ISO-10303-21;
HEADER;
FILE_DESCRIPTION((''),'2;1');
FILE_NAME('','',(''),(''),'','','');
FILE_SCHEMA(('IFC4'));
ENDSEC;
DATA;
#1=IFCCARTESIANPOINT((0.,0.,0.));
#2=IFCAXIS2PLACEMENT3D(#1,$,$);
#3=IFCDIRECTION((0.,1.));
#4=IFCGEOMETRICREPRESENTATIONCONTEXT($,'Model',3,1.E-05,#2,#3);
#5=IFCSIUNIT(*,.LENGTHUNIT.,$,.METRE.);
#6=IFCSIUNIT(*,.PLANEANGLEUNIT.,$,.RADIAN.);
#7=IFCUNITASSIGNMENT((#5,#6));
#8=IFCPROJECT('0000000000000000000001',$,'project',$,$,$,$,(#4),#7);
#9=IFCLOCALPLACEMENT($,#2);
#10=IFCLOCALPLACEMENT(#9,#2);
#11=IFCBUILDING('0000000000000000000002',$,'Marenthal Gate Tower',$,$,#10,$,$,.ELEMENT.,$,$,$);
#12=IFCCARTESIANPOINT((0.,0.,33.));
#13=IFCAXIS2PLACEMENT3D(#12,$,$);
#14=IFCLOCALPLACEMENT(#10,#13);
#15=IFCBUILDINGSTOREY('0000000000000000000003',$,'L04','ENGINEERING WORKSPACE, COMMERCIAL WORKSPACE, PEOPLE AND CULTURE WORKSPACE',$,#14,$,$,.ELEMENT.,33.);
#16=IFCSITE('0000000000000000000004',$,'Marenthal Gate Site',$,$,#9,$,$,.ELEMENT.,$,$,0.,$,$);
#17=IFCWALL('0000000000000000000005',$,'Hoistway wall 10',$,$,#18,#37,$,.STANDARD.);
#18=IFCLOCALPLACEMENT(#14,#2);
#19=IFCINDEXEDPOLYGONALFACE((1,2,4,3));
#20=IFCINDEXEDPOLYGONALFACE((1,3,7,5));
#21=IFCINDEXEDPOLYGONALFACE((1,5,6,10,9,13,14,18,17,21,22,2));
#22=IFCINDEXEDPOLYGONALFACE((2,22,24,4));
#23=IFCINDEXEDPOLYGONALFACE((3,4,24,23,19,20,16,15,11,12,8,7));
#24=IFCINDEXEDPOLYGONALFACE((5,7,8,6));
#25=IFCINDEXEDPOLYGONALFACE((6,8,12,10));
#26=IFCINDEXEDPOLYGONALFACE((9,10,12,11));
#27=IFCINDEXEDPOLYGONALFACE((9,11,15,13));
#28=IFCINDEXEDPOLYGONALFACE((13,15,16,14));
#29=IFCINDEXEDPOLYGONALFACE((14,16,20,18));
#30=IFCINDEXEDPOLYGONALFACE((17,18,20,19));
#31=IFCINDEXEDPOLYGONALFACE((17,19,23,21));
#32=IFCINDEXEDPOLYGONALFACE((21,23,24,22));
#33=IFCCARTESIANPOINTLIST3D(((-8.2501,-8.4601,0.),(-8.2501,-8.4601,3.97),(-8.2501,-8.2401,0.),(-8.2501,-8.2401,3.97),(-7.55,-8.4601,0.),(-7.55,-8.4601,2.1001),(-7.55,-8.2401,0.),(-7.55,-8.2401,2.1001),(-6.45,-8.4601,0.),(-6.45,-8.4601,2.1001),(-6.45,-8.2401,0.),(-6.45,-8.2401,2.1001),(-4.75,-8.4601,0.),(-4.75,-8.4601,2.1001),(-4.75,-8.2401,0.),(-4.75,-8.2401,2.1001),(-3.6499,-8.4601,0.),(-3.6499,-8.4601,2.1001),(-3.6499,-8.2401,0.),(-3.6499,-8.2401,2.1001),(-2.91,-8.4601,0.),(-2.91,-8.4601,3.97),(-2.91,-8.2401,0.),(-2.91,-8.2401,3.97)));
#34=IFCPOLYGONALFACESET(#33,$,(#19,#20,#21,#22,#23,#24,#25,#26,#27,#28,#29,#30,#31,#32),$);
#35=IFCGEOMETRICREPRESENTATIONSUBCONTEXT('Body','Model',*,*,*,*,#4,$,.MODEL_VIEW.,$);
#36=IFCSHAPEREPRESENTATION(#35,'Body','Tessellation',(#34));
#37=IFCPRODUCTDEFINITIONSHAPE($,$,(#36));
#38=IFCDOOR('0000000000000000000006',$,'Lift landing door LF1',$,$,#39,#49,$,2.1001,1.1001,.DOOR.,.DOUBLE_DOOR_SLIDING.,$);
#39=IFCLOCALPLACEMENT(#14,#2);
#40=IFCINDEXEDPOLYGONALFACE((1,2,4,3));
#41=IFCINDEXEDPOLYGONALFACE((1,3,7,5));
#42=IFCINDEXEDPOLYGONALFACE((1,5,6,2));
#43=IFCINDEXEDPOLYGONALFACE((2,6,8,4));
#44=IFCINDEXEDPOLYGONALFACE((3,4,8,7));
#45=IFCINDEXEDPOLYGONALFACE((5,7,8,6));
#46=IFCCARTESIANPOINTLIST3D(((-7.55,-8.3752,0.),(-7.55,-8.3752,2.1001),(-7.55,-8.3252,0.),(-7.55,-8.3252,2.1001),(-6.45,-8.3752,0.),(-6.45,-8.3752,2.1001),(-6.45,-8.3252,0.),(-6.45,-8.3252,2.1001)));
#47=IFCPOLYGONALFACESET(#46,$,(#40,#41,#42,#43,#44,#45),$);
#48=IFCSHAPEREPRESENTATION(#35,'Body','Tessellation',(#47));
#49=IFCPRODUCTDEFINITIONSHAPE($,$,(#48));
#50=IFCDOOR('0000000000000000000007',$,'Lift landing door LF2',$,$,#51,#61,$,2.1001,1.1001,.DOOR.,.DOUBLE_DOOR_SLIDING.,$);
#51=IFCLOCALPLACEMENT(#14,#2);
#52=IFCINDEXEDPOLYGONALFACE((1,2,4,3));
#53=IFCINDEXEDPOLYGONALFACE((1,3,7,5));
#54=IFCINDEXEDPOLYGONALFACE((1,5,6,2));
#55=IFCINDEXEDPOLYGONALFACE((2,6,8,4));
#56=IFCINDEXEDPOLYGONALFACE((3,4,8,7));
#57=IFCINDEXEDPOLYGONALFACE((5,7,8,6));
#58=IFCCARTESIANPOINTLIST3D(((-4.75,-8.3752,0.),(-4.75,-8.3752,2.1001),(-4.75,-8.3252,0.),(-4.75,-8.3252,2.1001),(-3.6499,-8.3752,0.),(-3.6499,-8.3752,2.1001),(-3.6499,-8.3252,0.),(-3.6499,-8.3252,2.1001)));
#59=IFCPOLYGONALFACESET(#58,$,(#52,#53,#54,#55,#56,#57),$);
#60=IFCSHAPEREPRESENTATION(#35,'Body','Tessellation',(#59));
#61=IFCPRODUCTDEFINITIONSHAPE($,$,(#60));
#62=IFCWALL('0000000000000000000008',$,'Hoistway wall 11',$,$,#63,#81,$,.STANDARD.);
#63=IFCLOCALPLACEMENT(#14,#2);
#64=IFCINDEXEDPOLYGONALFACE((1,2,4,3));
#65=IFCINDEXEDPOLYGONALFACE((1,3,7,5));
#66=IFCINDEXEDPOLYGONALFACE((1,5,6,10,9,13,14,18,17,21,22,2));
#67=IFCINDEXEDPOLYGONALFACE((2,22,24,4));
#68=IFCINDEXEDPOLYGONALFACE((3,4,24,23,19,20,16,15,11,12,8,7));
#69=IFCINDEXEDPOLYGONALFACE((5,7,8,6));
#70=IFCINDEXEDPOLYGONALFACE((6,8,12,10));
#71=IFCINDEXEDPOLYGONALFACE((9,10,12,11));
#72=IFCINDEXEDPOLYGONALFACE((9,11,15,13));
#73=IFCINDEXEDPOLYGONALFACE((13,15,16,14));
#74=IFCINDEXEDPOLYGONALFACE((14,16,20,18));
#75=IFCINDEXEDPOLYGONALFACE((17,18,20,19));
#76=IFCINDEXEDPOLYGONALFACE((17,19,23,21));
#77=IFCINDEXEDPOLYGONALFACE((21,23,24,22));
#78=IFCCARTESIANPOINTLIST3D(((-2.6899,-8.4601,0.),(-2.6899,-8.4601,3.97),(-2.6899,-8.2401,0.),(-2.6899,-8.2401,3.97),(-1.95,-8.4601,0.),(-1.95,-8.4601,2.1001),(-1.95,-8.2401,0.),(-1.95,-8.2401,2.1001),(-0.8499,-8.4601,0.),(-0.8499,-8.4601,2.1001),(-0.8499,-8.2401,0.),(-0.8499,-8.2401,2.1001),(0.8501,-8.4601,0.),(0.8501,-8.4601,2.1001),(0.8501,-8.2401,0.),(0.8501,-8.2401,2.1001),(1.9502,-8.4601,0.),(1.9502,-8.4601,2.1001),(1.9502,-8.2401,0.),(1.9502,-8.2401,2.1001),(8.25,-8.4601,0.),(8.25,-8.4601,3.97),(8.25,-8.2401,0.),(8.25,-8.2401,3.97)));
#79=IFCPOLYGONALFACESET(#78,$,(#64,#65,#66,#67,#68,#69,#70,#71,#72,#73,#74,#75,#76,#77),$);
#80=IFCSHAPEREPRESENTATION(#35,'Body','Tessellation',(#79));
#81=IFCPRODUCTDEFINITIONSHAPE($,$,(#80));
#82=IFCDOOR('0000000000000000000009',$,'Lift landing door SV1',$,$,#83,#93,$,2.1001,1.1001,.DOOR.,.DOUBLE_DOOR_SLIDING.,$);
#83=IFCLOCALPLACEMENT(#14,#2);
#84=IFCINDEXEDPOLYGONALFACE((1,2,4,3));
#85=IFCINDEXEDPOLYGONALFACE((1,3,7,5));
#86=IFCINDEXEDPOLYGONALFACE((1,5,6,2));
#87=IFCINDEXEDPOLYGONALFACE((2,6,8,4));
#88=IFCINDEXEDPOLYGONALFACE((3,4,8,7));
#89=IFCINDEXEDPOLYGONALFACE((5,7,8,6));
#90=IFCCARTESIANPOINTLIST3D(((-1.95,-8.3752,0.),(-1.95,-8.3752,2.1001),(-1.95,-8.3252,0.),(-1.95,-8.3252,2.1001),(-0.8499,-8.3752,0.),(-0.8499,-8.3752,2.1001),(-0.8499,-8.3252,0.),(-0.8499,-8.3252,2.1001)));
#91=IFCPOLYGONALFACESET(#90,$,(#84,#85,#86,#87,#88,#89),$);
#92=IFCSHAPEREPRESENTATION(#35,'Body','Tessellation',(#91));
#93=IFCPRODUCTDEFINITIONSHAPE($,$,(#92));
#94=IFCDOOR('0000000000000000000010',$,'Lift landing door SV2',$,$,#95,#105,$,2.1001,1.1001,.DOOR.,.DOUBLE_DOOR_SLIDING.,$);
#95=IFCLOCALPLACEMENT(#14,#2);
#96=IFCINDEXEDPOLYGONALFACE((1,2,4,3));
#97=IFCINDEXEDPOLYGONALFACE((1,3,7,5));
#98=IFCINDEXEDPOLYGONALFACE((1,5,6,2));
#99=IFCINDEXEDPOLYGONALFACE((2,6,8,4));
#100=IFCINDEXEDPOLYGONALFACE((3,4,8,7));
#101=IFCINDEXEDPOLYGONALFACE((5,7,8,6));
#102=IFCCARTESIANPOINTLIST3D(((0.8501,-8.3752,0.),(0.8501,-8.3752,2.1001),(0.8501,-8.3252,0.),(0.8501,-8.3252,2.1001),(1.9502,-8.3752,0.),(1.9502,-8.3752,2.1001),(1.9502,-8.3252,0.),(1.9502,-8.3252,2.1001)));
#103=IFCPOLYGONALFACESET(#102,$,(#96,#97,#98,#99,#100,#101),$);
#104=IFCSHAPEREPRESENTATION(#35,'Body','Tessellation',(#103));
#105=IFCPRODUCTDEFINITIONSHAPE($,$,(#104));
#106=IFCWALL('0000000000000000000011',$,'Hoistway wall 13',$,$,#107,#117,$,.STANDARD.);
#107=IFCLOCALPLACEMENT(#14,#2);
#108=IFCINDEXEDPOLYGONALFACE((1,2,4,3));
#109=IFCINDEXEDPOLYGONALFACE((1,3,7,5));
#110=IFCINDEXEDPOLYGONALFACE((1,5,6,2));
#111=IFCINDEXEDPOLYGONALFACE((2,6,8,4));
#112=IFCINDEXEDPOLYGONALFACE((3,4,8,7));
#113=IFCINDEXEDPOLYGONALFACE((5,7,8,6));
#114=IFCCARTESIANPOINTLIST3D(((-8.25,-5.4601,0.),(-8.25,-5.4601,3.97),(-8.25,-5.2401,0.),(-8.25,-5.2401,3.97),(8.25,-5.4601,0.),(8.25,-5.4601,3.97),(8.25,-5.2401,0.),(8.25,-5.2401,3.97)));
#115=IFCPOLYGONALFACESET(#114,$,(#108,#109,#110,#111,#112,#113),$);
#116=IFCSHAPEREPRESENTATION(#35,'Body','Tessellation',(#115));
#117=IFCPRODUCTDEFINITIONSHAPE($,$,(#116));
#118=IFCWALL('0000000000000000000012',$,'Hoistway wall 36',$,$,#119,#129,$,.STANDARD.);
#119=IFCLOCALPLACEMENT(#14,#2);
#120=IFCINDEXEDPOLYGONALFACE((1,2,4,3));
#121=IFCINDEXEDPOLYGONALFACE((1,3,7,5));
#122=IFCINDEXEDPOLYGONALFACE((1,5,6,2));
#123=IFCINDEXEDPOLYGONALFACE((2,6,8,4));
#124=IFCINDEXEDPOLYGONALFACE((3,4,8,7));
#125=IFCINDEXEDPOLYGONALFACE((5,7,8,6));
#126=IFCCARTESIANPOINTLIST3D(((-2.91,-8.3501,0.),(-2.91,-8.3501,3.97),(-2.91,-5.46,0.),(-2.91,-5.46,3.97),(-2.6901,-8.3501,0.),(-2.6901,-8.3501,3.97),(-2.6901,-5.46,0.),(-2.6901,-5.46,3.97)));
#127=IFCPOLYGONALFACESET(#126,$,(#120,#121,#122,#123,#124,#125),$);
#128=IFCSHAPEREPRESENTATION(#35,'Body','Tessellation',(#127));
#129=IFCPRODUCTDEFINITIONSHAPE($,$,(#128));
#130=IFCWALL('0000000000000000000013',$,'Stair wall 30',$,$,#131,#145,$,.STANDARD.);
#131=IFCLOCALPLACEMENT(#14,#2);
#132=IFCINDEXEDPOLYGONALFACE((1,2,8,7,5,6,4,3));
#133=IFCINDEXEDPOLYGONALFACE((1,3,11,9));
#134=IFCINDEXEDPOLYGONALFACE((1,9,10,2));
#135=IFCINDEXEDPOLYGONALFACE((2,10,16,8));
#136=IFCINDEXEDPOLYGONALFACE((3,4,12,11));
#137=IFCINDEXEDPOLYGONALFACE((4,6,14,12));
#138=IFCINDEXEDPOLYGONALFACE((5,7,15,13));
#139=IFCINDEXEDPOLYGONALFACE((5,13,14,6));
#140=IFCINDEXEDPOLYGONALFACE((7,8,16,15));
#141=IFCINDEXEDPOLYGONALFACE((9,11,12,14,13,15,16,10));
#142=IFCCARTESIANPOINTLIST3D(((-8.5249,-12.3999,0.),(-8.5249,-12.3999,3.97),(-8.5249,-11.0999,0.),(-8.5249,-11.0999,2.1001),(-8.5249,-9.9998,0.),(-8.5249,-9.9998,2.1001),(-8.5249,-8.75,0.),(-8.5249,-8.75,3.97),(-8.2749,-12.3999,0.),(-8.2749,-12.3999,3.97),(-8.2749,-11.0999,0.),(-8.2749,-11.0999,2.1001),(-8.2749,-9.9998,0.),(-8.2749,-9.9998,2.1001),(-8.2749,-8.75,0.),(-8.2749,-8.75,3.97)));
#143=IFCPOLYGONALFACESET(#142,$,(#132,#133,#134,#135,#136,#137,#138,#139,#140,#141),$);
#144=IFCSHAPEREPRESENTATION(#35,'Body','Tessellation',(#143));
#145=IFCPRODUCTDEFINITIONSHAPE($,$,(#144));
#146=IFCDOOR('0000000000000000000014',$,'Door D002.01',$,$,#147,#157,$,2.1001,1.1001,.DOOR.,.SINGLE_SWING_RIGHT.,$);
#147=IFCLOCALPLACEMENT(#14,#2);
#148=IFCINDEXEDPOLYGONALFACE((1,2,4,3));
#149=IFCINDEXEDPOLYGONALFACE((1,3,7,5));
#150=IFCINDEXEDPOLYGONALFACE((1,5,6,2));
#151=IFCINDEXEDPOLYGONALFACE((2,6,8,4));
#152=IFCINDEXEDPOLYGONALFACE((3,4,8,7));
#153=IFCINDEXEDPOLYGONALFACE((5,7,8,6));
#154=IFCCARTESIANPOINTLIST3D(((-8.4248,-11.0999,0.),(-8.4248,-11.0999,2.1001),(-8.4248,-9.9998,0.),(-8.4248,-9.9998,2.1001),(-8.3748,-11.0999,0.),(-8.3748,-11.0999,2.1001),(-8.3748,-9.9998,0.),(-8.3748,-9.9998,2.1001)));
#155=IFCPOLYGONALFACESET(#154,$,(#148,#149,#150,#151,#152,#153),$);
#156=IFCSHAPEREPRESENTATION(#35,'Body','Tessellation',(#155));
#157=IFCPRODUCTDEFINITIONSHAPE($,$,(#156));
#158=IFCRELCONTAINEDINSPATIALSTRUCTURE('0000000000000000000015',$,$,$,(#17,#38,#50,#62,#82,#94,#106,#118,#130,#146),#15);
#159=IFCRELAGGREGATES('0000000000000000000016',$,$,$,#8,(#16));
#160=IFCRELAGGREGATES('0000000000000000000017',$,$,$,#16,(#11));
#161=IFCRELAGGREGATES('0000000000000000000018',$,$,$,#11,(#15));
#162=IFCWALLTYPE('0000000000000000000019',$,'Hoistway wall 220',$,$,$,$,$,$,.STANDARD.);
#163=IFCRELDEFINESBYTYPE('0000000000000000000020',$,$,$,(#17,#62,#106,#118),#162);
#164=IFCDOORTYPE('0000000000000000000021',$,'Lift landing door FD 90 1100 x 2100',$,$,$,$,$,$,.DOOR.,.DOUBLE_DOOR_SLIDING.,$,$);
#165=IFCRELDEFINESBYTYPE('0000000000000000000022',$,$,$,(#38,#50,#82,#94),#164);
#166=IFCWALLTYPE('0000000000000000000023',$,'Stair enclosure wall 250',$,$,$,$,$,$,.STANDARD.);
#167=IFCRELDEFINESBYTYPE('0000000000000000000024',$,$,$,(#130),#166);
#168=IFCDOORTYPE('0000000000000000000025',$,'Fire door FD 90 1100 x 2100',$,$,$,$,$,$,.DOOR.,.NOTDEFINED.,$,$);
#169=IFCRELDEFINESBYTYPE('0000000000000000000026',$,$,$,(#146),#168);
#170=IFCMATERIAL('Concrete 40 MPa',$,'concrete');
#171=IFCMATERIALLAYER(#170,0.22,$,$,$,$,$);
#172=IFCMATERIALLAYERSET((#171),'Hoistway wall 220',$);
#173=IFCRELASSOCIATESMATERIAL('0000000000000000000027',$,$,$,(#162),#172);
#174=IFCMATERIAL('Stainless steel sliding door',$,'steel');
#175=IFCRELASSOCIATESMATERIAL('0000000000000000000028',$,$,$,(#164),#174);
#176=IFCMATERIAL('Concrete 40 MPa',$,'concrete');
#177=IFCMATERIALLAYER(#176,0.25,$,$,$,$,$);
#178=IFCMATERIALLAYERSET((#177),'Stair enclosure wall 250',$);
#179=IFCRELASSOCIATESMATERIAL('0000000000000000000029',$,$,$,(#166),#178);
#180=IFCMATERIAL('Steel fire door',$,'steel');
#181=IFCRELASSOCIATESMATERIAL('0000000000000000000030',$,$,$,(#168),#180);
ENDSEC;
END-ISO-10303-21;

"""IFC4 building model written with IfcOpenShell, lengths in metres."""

from ifc_helpers import new_model, si_unit, direction, frame, frame_2d, origin, place, context, subcontext, project, spatial, rectangle, extrude, material, layer, layer_set, type_object, element, fill, save


model = new_model("IFC4")

# Units and contexts
model_context = context("Model", 3, precision=1e-05, world=origin(), true_north=direction((0.0, 1.0)))
body_context = subcontext(model_context, "Body", "Model", "MODEL_VIEW")
ifc_project = project(units=[si_unit("LENGTHUNIT", "METRE"), si_unit("PLANEANGLEUNIT", "RADIAN")], contexts=[model_context])

# Site, building, storey
site_placement = place(None, origin())
site = spatial("IfcSite", under=ifc_project, at=site_placement, Name="Marenthal Gate Site", CompositionType="ELEMENT", RefElevation=0.0)
building_placement = place(site_placement, origin())
building = spatial("IfcBuilding", under=site, at=building_placement, Name="Marenthal Gate Tower", CompositionType="ELEMENT")
storey_placement = place(building_placement, frame((0.0, 0.0, 33.0)))
storey = spatial("IfcBuildingStorey", under=building, at=storey_placement, Name="L04", Description="ENGINEERING WORKSPACE, COMMERCIAL WORKSPACE, PEOPLE AND CULTURE WORKSPACE", CompositionType="ELEMENT", Elevation=33.0)

# Walls, openings, doors
ifc_material_1 = material(Name="Concrete 40 MPa", Category="concrete")
ifc_layer_1 = layer(ifc_material_1, 0.22)
ifc_layer_set_1 = layer_set([ifc_layer_1], Name="Hoistway wall 220")
wall_type_1 = type_object("IfcWallType", Name="Hoistway wall 220", PredefinedType="STANDARD", material=ifc_layer_set_1)
wall_1_placement = place(storey_placement, frame((-8.25, -8.3501, 0.0), z_axis=(0.0, 0.0, 1.0), x_axis=(1.0, 0.0, 0.0)))
wall_1 = element("IfcWall", 1, at=wall_1_placement, inside=storey, type_object=wall_type_1, Name="Hoistway wall 10", PredefinedType="STANDARD", context=body_context, shape_type="SweptSolid", body=[
    extrude(rectangle(XDim=5.3401, YDim=0.22, at=frame_2d((2.6699, 0.0))), origin(), (0.0, 0.0, 1.0), 3.97),
])
opening_1_placement = place(wall_1_placement, frame((0.7, 0.0, 0.0)))
opening_1 = element("IfcOpeningElement", 2, at=opening_1_placement, cuts=wall_1, PredefinedType="OPENING", context=body_context, shape_type="SweptSolid", body=[
    extrude(rectangle(XDim=1.1001, YDim=2.1001, at=frame_2d((0.55, 1.05))), frame((0.0, 0.1201, 0.0), z_axis=(0.0, -1.0, 0.0), x_axis=(1.0, 0.0, 0.0)), (0.0, 0.0, 1.0), 0.24),
])
opening_2_placement = place(wall_1_placement, frame((3.5, 0.0, 0.0)))
opening_2 = element("IfcOpeningElement", 3, at=opening_2_placement, cuts=wall_1, PredefinedType="OPENING", context=body_context, shape_type="SweptSolid", body=[
    extrude(rectangle(XDim=1.1001, YDim=2.1001, at=frame_2d((0.55, 1.05))), frame((0.0, 0.1201, 0.0), z_axis=(0.0, -1.0, 0.0), x_axis=(1.0, 0.0, 0.0)), (0.0, 0.0, 1.0), 0.24),
])
ifc_material_2 = material(Name="Stainless steel sliding door", Category="steel")
door_type_1 = type_object("IfcDoorType", Name="Lift landing door FD 90 1100 x 2100", OperationType="DOUBLE_DOOR_SLIDING", PredefinedType="DOOR", material=ifc_material_2)
door_1_placement = place(opening_1_placement, origin())
door_1 = element("IfcDoor", 4, at=door_1_placement, inside=storey, type_object=door_type_1, Name="Lift landing door LF1", OperationType="DOUBLE_DOOR_SLIDING", OverallHeight=2.1001, OverallWidth=1.1001, PredefinedType="DOOR", context=body_context, shape_type="SweptSolid", body=[
    extrude(rectangle(XDim=1.1001, YDim=2.1001, at=frame_2d((0.55, 1.05))), frame((0.0, 0.0249, 0.0), z_axis=(0.0, -1.0, 0.0), x_axis=(1.0, 0.0, 0.0)), (0.0, 0.0, 1.0), 0.05),
])
fill(opening_1, door_1)
door_2_placement = place(opening_2_placement, origin())
door_2 = element("IfcDoor", 5, at=door_2_placement, inside=storey, type_object=door_type_1, Name="Lift landing door LF2", OperationType="DOUBLE_DOOR_SLIDING", OverallHeight=2.1001, OverallWidth=1.1001, PredefinedType="DOOR", context=body_context, shape_type="SweptSolid", body=[
    extrude(rectangle(XDim=1.1001, YDim=2.1001, at=frame_2d((0.55, 1.05))), frame((0.0, 0.0249, 0.0), z_axis=(0.0, -1.0, 0.0), x_axis=(1.0, 0.0, 0.0)), (0.0, 0.0, 1.0), 0.05),
])
fill(opening_2, door_2)
wall_2_placement = place(storey_placement, frame((-2.6899, -8.3501, 0.0), z_axis=(0.0, 0.0, 1.0), x_axis=(1.0, 0.0, 0.0)))
wall_2 = element("IfcWall", 6, at=wall_2_placement, inside=storey, type_object=wall_type_1, Name="Hoistway wall 11", PredefinedType="STANDARD", context=body_context, shape_type="SweptSolid", body=[
    extrude(rectangle(XDim=10.9399, YDim=0.22, at=frame_2d((5.47, 0.0))), origin(), (0.0, 0.0, 1.0), 3.97),
])
opening_3_placement = place(wall_2_placement, frame((0.74, 0.0, 0.0)))
opening_3 = element("IfcOpeningElement", 7, at=opening_3_placement, cuts=wall_2, PredefinedType="OPENING", context=body_context, shape_type="SweptSolid", body=[
    extrude(rectangle(XDim=1.1001, YDim=2.1001, at=frame_2d((0.55, 1.05))), frame((0.0, 0.1201, 0.0), z_axis=(0.0, -1.0, 0.0), x_axis=(1.0, 0.0, 0.0)), (0.0, 0.0, 1.0), 0.24),
])
opening_4_placement = place(wall_2_placement, frame((3.54, 0.0, 0.0)))
opening_4 = element("IfcOpeningElement", 8, at=opening_4_placement, cuts=wall_2, PredefinedType="OPENING", context=body_context, shape_type="SweptSolid", body=[
    extrude(rectangle(XDim=1.1001, YDim=2.1001, at=frame_2d((0.55, 1.05))), frame((0.0, 0.1201, 0.0), z_axis=(0.0, -1.0, 0.0), x_axis=(1.0, 0.0, 0.0)), (0.0, 0.0, 1.0), 0.24),
])
door_3_placement = place(opening_3_placement, origin())
door_3 = element("IfcDoor", 9, at=door_3_placement, inside=storey, type_object=door_type_1, Name="Lift landing door SV1", OperationType="DOUBLE_DOOR_SLIDING", OverallHeight=2.1001, OverallWidth=1.1001, PredefinedType="DOOR", context=body_context, shape_type="SweptSolid", body=[
    extrude(rectangle(XDim=1.1001, YDim=2.1001, at=frame_2d((0.55, 1.05))), frame((0.0, 0.0249, 0.0), z_axis=(0.0, -1.0, 0.0), x_axis=(1.0, 0.0, 0.0)), (0.0, 0.0, 1.0), 0.05),
])
fill(opening_3, door_3)
door_4_placement = place(opening_4_placement, origin())
door_4 = element("IfcDoor", 10, at=door_4_placement, inside=storey, type_object=door_type_1, Name="Lift landing door SV2", OperationType="DOUBLE_DOOR_SLIDING", OverallHeight=2.1001, OverallWidth=1.1001, PredefinedType="DOOR", context=body_context, shape_type="SweptSolid", body=[
    extrude(rectangle(XDim=1.1001, YDim=2.1001, at=frame_2d((0.55, 1.05))), frame((0.0, 0.0249, 0.0), z_axis=(0.0, -1.0, 0.0), x_axis=(1.0, 0.0, 0.0)), (0.0, 0.0, 1.0), 0.05),
])
fill(opening_4, door_4)

# Walls
wall_3_placement = place(storey_placement, frame((-8.25, -5.3501, 0.0), z_axis=(0.0, 0.0, 1.0), x_axis=(1.0, 0.0, 0.0)))
element("IfcWall", 11, at=wall_3_placement, inside=storey, type_object=wall_type_1, Name="Hoistway wall 13", PredefinedType="STANDARD", context=body_context, shape_type="SweptSolid", body=[
    extrude(rectangle(XDim=16.5, YDim=0.22, at=frame_2d((8.25, 0.0))), origin(), (0.0, 0.0, 1.0), 3.97),
])
wall_4_placement = place(storey_placement, frame((-2.8, -8.3501, 0.0), z_axis=(0.0, 0.0, 1.0), x_axis=(0.0, 1.0, 0.0)))
element("IfcWall", 12, at=wall_4_placement, inside=storey, type_object=wall_type_1, Name="Hoistway wall 36", PredefinedType="STANDARD", context=body_context, shape_type="SweptSolid", body=[
    extrude(rectangle(XDim=2.8901, YDim=0.22, at=frame_2d((1.4451, 0.0))), origin(), (0.0, 0.0, 1.0), 3.97),
])

# Wall, opening, door
ifc_material_3 = material(Name="Concrete 40 MPa", Category="concrete")
ifc_layer_2 = layer(ifc_material_3, 0.25)
ifc_layer_set_2 = layer_set([ifc_layer_2], Name="Stair enclosure wall 250")
wall_type_2 = type_object("IfcWallType", Name="Stair enclosure wall 250", PredefinedType="STANDARD", material=ifc_layer_set_2)
wall_5_placement = place(storey_placement, frame((-8.3999, -12.3999, 0.0), z_axis=(0.0, 0.0, 1.0), x_axis=(0.0, 1.0, 0.0)))
wall_5 = element("IfcWall", 13, at=wall_5_placement, inside=storey, type_object=wall_type_2, Name="Stair wall 30", PredefinedType="STANDARD", context=body_context, shape_type="SweptSolid", body=[
    extrude(rectangle(XDim=3.6499, YDim=0.25, at=frame_2d((1.825, 0.0))), origin(), (0.0, 0.0, 1.0), 3.97),
])
opening_5_placement = place(wall_5_placement, frame((1.3, 0.0, 0.0)))
opening_5 = element("IfcOpeningElement", 14, at=opening_5_placement, cuts=wall_5, PredefinedType="OPENING", context=body_context, shape_type="SweptSolid", body=[
    extrude(rectangle(XDim=1.1001, YDim=2.1001, at=frame_2d((0.55, 1.05))), frame((0.0, 0.135, 0.0), z_axis=(0.0, -1.0, 0.0), x_axis=(1.0, 0.0, 0.0)), (0.0, 0.0, 1.0), 0.27),
])
ifc_material_4 = material(Name="Steel fire door", Category="steel")
door_type_2 = type_object("IfcDoorType", Name="Fire door FD 90 1100 x 2100", OperationType="NOTDEFINED", PredefinedType="DOOR", material=ifc_material_4)
door_5_placement = place(opening_5_placement, origin())
door_5 = element("IfcDoor", 15, at=door_5_placement, inside=storey, type_object=door_type_2, Name="Door D002.01", OperationType="SINGLE_SWING_RIGHT", OverallHeight=2.1001, OverallWidth=1.1001, PredefinedType="DOOR", context=body_context, shape_type="SweptSolid", body=[
    extrude(rectangle(XDim=1.1001, YDim=2.1001, at=frame_2d((0.55, 1.05))), frame((0.0, 0.0249, 0.0), z_axis=(0.0, -1.0, 0.0), x_axis=(1.0, 0.0, 0.0)), (0.0, 0.0, 1.0), 0.05),
])
fill(opening_5, door_5)

save(model, "model.ifc")
